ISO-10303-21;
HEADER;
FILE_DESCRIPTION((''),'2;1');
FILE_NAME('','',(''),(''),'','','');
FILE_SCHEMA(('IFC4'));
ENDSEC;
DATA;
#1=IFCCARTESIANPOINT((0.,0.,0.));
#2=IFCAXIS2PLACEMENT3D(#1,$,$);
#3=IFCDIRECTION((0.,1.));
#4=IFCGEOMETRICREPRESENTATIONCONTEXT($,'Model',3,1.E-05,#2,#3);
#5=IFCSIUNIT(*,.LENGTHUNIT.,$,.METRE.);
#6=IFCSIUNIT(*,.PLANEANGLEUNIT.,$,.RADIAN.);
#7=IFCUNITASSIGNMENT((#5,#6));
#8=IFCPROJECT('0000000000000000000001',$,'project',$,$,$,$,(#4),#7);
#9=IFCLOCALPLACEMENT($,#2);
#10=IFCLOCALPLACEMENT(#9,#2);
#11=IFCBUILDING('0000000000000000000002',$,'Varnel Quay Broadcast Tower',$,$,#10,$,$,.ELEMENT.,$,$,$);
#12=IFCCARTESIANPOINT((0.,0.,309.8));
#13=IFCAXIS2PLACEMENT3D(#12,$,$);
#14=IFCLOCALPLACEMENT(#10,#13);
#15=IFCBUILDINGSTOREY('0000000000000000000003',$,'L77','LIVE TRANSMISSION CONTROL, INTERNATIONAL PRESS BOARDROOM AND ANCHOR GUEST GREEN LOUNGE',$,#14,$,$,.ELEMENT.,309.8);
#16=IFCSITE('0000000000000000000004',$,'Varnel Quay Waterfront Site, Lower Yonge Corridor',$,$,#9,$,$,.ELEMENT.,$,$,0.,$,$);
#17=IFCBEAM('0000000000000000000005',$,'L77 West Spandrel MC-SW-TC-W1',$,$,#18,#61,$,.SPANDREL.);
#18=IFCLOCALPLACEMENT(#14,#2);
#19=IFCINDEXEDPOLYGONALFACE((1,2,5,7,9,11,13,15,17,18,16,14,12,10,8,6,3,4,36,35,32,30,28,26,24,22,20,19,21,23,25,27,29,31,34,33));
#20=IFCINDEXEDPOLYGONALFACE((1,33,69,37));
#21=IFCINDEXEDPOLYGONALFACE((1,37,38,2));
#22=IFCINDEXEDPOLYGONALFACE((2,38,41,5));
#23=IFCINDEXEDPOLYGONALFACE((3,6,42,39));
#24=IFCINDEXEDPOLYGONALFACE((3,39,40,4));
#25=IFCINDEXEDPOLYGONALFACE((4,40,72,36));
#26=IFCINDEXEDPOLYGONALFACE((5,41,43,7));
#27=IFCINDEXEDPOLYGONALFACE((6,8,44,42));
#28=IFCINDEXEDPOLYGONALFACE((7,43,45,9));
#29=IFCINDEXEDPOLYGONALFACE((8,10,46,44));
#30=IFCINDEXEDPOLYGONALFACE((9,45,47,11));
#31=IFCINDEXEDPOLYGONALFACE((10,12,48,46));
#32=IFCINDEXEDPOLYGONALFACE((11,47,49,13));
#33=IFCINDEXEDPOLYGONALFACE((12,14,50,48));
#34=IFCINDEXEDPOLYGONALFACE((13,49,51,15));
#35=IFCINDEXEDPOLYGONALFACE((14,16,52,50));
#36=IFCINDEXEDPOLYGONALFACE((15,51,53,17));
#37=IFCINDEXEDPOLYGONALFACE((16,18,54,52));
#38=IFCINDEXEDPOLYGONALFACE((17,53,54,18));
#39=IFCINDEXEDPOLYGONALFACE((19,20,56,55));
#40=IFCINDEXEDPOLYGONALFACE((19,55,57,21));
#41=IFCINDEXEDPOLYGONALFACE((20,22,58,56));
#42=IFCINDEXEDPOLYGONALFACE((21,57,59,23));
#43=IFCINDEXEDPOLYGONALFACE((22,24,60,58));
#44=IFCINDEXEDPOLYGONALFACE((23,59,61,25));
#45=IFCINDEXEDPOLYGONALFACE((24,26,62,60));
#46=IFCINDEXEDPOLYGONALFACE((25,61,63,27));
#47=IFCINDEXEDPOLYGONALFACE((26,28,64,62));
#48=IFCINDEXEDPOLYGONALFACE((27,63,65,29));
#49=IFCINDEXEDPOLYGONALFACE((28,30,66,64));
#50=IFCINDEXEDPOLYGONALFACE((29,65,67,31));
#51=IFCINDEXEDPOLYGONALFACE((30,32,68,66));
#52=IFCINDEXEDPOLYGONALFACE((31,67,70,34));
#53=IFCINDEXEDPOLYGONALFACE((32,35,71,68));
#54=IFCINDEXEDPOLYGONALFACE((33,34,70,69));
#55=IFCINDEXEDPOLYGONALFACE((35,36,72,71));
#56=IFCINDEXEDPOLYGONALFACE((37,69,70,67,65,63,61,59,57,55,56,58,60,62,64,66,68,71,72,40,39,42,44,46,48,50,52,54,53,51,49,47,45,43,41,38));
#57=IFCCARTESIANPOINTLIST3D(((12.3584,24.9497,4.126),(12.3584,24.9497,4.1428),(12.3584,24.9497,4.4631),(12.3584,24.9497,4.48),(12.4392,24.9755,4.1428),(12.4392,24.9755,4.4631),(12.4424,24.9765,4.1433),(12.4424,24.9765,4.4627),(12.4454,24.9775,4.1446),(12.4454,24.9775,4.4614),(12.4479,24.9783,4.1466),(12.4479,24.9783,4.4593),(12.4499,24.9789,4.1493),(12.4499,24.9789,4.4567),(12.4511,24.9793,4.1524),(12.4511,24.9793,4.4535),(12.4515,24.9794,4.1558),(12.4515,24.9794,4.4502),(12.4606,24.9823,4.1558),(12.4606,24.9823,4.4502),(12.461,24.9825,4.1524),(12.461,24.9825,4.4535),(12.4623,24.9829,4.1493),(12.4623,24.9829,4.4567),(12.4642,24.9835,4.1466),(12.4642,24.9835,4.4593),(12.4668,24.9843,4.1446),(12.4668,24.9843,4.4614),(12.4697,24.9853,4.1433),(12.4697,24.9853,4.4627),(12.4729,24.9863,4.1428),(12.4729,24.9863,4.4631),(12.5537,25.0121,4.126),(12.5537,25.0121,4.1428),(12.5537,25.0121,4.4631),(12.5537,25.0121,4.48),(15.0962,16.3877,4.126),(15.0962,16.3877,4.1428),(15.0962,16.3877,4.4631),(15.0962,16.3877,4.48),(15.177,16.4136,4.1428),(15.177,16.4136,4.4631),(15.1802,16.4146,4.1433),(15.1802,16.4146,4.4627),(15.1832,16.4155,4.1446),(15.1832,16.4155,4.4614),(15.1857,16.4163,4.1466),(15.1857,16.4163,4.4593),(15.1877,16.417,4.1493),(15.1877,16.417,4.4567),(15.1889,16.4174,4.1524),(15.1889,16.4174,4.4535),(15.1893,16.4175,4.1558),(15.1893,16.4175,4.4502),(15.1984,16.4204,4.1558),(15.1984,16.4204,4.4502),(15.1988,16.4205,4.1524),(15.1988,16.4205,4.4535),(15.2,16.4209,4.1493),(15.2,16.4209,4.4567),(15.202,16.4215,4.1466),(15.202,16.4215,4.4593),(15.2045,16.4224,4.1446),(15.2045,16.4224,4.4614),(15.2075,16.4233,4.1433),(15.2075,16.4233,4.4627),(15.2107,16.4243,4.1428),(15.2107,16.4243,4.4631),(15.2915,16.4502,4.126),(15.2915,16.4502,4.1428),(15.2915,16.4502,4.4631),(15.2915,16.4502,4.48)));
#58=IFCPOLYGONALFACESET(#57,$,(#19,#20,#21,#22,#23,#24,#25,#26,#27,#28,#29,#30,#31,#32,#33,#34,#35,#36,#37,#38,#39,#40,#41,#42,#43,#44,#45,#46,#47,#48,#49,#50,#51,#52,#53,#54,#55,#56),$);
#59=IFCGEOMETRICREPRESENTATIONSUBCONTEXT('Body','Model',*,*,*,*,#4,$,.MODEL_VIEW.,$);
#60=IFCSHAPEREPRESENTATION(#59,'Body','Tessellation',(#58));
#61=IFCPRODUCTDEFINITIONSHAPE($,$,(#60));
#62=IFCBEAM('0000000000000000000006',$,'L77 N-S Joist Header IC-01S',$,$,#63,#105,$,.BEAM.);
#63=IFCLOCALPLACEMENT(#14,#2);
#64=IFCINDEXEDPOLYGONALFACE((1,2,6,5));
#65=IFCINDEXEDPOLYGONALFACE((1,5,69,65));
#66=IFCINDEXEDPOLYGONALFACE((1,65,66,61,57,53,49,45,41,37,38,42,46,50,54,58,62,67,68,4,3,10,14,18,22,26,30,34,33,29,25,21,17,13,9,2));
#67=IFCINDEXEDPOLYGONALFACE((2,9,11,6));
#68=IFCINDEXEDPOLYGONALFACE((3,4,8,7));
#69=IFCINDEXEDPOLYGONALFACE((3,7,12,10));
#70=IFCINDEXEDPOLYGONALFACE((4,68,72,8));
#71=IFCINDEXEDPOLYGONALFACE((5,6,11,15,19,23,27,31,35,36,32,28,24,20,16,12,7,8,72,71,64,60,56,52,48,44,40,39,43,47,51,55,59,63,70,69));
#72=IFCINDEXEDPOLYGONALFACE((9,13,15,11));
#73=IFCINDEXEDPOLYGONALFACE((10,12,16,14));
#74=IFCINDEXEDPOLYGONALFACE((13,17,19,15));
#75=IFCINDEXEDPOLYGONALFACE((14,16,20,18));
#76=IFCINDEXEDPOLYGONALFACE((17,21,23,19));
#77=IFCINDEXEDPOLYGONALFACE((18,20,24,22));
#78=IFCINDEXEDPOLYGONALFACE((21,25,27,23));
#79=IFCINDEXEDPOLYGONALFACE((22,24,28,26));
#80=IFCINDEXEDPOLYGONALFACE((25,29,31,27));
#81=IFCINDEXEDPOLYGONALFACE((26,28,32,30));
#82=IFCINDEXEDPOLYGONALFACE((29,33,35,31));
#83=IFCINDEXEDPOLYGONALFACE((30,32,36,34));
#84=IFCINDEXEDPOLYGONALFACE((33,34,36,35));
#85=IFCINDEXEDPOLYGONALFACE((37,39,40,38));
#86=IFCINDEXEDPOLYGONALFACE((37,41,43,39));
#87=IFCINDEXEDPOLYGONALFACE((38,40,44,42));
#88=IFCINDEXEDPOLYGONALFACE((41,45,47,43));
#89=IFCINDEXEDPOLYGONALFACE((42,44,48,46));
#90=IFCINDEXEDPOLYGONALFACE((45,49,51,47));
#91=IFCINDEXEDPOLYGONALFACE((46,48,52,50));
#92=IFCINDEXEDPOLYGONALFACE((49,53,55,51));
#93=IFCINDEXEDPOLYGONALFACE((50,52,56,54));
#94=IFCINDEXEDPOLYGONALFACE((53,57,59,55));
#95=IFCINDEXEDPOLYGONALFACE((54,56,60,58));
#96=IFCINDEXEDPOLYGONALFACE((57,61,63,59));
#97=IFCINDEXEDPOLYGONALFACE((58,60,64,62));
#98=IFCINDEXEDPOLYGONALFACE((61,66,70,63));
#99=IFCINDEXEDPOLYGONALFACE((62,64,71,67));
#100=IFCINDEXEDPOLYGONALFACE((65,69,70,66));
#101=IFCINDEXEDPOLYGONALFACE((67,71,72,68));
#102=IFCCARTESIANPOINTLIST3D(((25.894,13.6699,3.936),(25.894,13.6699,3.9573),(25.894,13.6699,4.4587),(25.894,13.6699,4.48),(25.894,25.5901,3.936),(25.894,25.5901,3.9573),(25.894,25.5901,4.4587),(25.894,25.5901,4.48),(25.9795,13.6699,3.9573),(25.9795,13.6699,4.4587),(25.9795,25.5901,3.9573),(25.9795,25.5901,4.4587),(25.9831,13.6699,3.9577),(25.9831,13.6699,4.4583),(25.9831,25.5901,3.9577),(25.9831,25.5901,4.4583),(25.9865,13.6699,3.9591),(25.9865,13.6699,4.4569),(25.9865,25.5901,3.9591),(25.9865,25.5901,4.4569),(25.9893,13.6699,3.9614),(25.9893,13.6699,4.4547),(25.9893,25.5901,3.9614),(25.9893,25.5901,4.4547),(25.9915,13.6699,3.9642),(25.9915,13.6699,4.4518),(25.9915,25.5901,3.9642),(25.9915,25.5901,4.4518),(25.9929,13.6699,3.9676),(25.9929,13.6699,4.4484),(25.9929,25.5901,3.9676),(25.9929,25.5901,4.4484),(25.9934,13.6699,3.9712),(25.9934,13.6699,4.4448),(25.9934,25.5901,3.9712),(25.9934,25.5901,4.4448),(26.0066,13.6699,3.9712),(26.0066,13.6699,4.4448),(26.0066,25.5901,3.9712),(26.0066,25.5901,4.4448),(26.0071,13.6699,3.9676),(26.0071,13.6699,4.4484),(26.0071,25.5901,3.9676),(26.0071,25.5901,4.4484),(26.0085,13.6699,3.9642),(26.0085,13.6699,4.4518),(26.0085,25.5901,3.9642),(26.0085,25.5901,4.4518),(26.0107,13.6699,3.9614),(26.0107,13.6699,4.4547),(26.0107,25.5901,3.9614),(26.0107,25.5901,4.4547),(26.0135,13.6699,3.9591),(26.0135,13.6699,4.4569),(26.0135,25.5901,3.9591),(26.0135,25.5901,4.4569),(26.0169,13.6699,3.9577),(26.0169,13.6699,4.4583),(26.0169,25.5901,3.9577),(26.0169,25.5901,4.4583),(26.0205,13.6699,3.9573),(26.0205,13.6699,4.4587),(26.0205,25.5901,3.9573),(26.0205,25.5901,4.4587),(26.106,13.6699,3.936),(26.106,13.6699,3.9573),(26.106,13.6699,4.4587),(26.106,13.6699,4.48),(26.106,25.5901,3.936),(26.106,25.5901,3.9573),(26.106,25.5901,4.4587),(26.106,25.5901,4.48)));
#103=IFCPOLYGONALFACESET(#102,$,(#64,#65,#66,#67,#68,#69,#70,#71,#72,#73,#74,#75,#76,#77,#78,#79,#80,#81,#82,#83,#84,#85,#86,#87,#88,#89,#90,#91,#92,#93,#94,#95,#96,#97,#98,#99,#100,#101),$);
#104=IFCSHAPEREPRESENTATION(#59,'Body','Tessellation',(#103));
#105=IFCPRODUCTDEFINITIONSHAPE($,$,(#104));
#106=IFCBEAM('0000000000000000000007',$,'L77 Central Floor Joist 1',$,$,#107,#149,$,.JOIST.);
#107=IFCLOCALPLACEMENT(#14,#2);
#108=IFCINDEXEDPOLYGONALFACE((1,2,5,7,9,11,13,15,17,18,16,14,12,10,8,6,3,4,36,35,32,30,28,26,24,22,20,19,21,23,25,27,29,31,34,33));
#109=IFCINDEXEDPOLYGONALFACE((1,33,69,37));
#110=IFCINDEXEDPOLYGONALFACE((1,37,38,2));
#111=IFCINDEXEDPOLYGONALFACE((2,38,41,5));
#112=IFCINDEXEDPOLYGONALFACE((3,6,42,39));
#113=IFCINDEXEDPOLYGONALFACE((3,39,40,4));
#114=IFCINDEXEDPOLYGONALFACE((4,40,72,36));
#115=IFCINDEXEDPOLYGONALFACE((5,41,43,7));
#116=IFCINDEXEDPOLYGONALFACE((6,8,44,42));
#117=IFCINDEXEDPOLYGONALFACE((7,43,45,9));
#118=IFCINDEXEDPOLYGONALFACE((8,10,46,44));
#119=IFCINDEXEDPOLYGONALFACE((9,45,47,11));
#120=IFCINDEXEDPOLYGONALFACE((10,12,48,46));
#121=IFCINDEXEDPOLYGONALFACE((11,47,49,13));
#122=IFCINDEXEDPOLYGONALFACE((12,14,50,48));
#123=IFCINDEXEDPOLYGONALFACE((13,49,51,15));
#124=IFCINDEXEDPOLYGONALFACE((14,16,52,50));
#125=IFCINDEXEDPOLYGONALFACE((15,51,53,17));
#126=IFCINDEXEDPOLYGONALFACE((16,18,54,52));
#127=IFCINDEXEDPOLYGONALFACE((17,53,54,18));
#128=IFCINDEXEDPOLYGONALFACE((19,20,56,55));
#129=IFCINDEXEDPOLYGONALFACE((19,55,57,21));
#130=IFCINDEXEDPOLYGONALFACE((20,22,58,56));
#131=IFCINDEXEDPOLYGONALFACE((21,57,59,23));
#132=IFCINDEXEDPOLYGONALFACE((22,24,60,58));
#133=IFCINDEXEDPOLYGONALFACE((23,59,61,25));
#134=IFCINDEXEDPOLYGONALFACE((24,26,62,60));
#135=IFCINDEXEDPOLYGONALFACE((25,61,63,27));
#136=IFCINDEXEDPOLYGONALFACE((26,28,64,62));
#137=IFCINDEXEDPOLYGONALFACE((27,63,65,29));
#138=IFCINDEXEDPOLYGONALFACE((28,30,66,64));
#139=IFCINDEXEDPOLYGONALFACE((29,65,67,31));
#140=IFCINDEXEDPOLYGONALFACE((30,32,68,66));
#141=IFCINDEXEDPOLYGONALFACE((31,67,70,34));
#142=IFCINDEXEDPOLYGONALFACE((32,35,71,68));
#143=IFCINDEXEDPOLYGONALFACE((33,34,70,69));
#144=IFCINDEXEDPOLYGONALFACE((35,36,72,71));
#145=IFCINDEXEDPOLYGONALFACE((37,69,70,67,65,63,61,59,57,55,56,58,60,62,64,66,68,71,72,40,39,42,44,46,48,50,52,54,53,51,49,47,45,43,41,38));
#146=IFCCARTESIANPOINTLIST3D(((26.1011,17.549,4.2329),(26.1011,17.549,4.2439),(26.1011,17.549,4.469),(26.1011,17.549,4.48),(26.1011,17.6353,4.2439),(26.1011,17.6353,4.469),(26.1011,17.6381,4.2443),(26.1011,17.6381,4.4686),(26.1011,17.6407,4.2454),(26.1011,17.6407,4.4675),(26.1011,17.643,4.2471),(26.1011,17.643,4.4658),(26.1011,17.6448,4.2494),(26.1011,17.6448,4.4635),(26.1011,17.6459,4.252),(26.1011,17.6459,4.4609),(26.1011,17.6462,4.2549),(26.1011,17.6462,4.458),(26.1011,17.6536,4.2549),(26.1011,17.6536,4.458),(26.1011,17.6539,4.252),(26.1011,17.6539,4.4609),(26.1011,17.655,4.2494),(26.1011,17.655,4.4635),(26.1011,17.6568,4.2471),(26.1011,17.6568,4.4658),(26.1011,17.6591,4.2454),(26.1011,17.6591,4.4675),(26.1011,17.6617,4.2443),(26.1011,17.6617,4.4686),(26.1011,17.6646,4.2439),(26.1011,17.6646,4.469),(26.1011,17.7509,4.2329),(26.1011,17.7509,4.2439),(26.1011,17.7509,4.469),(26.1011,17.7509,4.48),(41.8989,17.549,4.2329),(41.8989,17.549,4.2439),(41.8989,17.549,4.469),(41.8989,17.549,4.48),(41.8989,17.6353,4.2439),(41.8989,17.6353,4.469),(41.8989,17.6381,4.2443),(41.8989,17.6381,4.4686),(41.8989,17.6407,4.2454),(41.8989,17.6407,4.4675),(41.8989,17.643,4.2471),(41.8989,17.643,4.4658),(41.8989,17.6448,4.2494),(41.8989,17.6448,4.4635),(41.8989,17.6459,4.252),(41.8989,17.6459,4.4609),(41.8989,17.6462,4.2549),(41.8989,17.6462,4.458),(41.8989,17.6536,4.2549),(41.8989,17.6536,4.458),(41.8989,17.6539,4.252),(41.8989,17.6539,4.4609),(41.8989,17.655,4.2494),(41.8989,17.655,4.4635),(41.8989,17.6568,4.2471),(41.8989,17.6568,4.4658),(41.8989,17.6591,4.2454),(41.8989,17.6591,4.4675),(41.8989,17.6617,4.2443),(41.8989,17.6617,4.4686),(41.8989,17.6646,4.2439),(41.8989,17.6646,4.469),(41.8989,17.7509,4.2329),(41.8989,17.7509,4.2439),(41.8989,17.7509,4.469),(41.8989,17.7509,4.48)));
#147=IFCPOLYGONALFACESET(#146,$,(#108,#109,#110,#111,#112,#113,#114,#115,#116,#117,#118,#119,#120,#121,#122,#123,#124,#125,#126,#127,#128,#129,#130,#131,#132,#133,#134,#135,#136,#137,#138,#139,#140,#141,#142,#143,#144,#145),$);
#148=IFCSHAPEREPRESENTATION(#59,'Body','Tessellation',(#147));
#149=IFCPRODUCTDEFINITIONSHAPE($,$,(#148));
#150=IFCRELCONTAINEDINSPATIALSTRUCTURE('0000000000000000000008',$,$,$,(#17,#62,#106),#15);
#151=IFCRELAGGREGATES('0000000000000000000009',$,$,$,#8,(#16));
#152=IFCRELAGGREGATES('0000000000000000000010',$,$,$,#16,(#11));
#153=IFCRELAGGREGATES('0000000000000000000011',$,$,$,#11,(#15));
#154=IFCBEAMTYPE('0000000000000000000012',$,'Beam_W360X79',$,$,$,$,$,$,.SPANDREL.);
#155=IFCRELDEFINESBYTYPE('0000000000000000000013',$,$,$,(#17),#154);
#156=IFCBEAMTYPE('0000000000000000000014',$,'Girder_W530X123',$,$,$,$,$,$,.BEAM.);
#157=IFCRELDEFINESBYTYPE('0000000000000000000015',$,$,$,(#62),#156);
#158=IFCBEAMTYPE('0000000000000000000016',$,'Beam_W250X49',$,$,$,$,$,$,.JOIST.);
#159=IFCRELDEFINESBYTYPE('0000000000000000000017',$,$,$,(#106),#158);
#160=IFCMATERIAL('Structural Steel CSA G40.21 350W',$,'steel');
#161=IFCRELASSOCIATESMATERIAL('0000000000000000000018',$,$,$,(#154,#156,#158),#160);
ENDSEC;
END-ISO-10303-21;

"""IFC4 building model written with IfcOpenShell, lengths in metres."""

from ifc_helpers import new_model, si_unit, direction, frame, origin, origin_2d, place, context, subcontext, project, spatial, i_section, extrude, source, transform, mapped, material, material_profile, profile_set, type_object, type_shapes, element, save


model = new_model("IFC4")

# Units and contexts
model_context = context("Model", 3, precision=1e-05, world=origin(), true_north=direction((0.0, 1.0)))
body_context = subcontext(model_context, "Body", "Model", "MODEL_VIEW")
ifc_project = project(units=[si_unit("LENGTHUNIT", "METRE"), si_unit("PLANEANGLEUNIT", "RADIAN")], contexts=[model_context])

# Site, building, storey
site_placement = place(None, origin())
site = spatial("IfcSite", under=ifc_project, at=site_placement, Name="Varnel Quay Waterfront Site, Lower Yonge Corridor", CompositionType="ELEMENT", RefElevation=0.0)
building_placement = place(site_placement, origin())
building = spatial("IfcBuilding", under=site, at=building_placement, Name="Varnel Quay Broadcast Tower", CompositionType="ELEMENT")
storey_placement = place(building_placement, frame((0.0, 0.0, 309.8)))
storey = spatial("IfcBuildingStorey", under=building, at=storey_placement, Name="L77", Description="LIVE TRANSMISSION CONTROL, INTERNATIONAL PRESS BOARDROOM AND ANCHOR GUEST GREEN LOUNGE", CompositionType="ELEMENT", Elevation=309.8)

# Shared definitions
ifc_material_1 = material(Name="Structural Steel CSA G40.21 350W", Category="steel")

# Beams
ifc_material_profile_1 = material_profile(ifc_material_1, i_section(OverallWidth=0.2051, OverallDepth=0.354, WebThickness=0.0095, FlangeThickness=0.0168, FilletRadius=0.0129, at=origin_2d()), Name="W360X79")
ifc_profile_set_1 = profile_set([ifc_material_profile_1], Name="Structural Steel CSA G40.21 350W")
beam_type_1 = type_object("IfcBeamType", Name="Beam_W360X79", PredefinedType="SPANDREL", material=ifc_profile_set_1)
shared_shape_1 = source(origin(), body_context, "Body", "SweptSolid", [
    extrude(i_section(OverallWidth=0.2051, OverallDepth=0.354, WebThickness=0.0095, FlangeThickness=0.0168, FilletRadius=0.0129, at=origin_2d()), origin(), (0.0, 0.0, 1.0), 8.989),
])
beam_1_placement = place(storey_placement, frame((15.1938, 16.4189, 4.303), z_axis=(-0.304569, 0.95249, 0.0), x_axis=(-0.95249, -0.304569, 0.0)))
element("IfcBeam", 1, at=beam_1_placement, inside=storey, type_object=beam_type_1, Name="L77 West Spandrel MC-SW-TC-W1", PredefinedType="SPANDREL", context=body_context, shape_type="MappedRepresentation", body=[
    mapped(shared_shape_1, transform((0.0, 0.0, 0.0), x_axis=(1.0, 0.0, 0.0), y_axis=(0.0, 1.0, 0.0), z_axis=(0.0, 0.0, 1.0), scale=1.0)),
])
ifc_material_profile_2 = material_profile(ifc_material_1, i_section(OverallWidth=0.2119, OverallDepth=0.5439, WebThickness=0.0132, FlangeThickness=0.0212, FilletRadius=0.0139, at=origin_2d()), Name="W530X123")
ifc_profile_set_2 = profile_set([ifc_material_profile_2], Name="Structural Steel CSA G40.21 350W")
beam_type_2 = type_object("IfcBeamType", Name="Girder_W530X123", PredefinedType="BEAM", material=ifc_profile_set_2)
shared_shape_2 = source(origin(), body_context, "Body", "SweptSolid", [
    extrude(i_section(OverallWidth=0.2119, OverallDepth=0.5439, WebThickness=0.0132, FlangeThickness=0.0212, FilletRadius=0.0139, at=origin_2d()), origin(), (0.0, 0.0, 1.0), 11.9202),
])
type_shapes(beam_type_2, [shared_shape_2])
beam_2_placement = place(storey_placement, frame((26.0, 13.6699, 4.208), z_axis=(0.0, 1.0, 0.0), x_axis=(-1.0, 0.0, 0.0)))
element("IfcBeam", 2, at=beam_2_placement, inside=storey, type_object=beam_type_2, Name="L77 N-S Joist Header IC-01S", PredefinedType="BEAM", context=body_context, shape_type="MappedRepresentation", body=[
    mapped(shared_shape_2, transform((0.0, 0.0, 0.0), x_axis=(1.0, 0.0, 0.0), y_axis=(0.0, 1.0, 0.0), z_axis=(0.0, 0.0, 1.0), scale=1.0)),
])
ifc_material_profile_3 = material_profile(ifc_material_1, i_section(OverallWidth=0.2019, OverallDepth=0.2471, WebThickness=0.0073, FlangeThickness=0.011, FilletRadius=0.011, at=origin_2d()), Name="W250X49")
ifc_profile_set_3 = profile_set([ifc_material_profile_3], Name="Structural Steel CSA G40.21 350W")
beam_type_3 = type_object("IfcBeamType", Name="Beam_W250X49", PredefinedType="JOIST", material=ifc_profile_set_3)
shared_shape_3 = source(origin(), body_context, "Body", "SweptSolid", [
    extrude(i_section(OverallWidth=0.2019, OverallDepth=0.2471, WebThickness=0.0073, FlangeThickness=0.011, FilletRadius=0.011, at=origin_2d()), origin(), (0.0, 0.0, 1.0), 15.7979),
])
type_shapes(beam_type_3, [shared_shape_3])
beam_3_placement = place(storey_placement, frame((26.1011, 17.6499, 4.3564), z_axis=(1.0, 0.0, 0.0), x_axis=(0.0, 1.0, 0.0)))
element("IfcBeam", 3, at=beam_3_placement, inside=storey, type_object=beam_type_3, Name="L77 Central Floor Joist 1", PredefinedType="JOIST", context=body_context, shape_type="MappedRepresentation", body=[
    mapped(shared_shape_3, transform((0.0, 0.0, 0.0), x_axis=(1.0, 0.0, 0.0), y_axis=(0.0, 1.0, 0.0), z_axis=(0.0, 0.0, 1.0), scale=1.0)),
])

save(model, "model.ifc")
